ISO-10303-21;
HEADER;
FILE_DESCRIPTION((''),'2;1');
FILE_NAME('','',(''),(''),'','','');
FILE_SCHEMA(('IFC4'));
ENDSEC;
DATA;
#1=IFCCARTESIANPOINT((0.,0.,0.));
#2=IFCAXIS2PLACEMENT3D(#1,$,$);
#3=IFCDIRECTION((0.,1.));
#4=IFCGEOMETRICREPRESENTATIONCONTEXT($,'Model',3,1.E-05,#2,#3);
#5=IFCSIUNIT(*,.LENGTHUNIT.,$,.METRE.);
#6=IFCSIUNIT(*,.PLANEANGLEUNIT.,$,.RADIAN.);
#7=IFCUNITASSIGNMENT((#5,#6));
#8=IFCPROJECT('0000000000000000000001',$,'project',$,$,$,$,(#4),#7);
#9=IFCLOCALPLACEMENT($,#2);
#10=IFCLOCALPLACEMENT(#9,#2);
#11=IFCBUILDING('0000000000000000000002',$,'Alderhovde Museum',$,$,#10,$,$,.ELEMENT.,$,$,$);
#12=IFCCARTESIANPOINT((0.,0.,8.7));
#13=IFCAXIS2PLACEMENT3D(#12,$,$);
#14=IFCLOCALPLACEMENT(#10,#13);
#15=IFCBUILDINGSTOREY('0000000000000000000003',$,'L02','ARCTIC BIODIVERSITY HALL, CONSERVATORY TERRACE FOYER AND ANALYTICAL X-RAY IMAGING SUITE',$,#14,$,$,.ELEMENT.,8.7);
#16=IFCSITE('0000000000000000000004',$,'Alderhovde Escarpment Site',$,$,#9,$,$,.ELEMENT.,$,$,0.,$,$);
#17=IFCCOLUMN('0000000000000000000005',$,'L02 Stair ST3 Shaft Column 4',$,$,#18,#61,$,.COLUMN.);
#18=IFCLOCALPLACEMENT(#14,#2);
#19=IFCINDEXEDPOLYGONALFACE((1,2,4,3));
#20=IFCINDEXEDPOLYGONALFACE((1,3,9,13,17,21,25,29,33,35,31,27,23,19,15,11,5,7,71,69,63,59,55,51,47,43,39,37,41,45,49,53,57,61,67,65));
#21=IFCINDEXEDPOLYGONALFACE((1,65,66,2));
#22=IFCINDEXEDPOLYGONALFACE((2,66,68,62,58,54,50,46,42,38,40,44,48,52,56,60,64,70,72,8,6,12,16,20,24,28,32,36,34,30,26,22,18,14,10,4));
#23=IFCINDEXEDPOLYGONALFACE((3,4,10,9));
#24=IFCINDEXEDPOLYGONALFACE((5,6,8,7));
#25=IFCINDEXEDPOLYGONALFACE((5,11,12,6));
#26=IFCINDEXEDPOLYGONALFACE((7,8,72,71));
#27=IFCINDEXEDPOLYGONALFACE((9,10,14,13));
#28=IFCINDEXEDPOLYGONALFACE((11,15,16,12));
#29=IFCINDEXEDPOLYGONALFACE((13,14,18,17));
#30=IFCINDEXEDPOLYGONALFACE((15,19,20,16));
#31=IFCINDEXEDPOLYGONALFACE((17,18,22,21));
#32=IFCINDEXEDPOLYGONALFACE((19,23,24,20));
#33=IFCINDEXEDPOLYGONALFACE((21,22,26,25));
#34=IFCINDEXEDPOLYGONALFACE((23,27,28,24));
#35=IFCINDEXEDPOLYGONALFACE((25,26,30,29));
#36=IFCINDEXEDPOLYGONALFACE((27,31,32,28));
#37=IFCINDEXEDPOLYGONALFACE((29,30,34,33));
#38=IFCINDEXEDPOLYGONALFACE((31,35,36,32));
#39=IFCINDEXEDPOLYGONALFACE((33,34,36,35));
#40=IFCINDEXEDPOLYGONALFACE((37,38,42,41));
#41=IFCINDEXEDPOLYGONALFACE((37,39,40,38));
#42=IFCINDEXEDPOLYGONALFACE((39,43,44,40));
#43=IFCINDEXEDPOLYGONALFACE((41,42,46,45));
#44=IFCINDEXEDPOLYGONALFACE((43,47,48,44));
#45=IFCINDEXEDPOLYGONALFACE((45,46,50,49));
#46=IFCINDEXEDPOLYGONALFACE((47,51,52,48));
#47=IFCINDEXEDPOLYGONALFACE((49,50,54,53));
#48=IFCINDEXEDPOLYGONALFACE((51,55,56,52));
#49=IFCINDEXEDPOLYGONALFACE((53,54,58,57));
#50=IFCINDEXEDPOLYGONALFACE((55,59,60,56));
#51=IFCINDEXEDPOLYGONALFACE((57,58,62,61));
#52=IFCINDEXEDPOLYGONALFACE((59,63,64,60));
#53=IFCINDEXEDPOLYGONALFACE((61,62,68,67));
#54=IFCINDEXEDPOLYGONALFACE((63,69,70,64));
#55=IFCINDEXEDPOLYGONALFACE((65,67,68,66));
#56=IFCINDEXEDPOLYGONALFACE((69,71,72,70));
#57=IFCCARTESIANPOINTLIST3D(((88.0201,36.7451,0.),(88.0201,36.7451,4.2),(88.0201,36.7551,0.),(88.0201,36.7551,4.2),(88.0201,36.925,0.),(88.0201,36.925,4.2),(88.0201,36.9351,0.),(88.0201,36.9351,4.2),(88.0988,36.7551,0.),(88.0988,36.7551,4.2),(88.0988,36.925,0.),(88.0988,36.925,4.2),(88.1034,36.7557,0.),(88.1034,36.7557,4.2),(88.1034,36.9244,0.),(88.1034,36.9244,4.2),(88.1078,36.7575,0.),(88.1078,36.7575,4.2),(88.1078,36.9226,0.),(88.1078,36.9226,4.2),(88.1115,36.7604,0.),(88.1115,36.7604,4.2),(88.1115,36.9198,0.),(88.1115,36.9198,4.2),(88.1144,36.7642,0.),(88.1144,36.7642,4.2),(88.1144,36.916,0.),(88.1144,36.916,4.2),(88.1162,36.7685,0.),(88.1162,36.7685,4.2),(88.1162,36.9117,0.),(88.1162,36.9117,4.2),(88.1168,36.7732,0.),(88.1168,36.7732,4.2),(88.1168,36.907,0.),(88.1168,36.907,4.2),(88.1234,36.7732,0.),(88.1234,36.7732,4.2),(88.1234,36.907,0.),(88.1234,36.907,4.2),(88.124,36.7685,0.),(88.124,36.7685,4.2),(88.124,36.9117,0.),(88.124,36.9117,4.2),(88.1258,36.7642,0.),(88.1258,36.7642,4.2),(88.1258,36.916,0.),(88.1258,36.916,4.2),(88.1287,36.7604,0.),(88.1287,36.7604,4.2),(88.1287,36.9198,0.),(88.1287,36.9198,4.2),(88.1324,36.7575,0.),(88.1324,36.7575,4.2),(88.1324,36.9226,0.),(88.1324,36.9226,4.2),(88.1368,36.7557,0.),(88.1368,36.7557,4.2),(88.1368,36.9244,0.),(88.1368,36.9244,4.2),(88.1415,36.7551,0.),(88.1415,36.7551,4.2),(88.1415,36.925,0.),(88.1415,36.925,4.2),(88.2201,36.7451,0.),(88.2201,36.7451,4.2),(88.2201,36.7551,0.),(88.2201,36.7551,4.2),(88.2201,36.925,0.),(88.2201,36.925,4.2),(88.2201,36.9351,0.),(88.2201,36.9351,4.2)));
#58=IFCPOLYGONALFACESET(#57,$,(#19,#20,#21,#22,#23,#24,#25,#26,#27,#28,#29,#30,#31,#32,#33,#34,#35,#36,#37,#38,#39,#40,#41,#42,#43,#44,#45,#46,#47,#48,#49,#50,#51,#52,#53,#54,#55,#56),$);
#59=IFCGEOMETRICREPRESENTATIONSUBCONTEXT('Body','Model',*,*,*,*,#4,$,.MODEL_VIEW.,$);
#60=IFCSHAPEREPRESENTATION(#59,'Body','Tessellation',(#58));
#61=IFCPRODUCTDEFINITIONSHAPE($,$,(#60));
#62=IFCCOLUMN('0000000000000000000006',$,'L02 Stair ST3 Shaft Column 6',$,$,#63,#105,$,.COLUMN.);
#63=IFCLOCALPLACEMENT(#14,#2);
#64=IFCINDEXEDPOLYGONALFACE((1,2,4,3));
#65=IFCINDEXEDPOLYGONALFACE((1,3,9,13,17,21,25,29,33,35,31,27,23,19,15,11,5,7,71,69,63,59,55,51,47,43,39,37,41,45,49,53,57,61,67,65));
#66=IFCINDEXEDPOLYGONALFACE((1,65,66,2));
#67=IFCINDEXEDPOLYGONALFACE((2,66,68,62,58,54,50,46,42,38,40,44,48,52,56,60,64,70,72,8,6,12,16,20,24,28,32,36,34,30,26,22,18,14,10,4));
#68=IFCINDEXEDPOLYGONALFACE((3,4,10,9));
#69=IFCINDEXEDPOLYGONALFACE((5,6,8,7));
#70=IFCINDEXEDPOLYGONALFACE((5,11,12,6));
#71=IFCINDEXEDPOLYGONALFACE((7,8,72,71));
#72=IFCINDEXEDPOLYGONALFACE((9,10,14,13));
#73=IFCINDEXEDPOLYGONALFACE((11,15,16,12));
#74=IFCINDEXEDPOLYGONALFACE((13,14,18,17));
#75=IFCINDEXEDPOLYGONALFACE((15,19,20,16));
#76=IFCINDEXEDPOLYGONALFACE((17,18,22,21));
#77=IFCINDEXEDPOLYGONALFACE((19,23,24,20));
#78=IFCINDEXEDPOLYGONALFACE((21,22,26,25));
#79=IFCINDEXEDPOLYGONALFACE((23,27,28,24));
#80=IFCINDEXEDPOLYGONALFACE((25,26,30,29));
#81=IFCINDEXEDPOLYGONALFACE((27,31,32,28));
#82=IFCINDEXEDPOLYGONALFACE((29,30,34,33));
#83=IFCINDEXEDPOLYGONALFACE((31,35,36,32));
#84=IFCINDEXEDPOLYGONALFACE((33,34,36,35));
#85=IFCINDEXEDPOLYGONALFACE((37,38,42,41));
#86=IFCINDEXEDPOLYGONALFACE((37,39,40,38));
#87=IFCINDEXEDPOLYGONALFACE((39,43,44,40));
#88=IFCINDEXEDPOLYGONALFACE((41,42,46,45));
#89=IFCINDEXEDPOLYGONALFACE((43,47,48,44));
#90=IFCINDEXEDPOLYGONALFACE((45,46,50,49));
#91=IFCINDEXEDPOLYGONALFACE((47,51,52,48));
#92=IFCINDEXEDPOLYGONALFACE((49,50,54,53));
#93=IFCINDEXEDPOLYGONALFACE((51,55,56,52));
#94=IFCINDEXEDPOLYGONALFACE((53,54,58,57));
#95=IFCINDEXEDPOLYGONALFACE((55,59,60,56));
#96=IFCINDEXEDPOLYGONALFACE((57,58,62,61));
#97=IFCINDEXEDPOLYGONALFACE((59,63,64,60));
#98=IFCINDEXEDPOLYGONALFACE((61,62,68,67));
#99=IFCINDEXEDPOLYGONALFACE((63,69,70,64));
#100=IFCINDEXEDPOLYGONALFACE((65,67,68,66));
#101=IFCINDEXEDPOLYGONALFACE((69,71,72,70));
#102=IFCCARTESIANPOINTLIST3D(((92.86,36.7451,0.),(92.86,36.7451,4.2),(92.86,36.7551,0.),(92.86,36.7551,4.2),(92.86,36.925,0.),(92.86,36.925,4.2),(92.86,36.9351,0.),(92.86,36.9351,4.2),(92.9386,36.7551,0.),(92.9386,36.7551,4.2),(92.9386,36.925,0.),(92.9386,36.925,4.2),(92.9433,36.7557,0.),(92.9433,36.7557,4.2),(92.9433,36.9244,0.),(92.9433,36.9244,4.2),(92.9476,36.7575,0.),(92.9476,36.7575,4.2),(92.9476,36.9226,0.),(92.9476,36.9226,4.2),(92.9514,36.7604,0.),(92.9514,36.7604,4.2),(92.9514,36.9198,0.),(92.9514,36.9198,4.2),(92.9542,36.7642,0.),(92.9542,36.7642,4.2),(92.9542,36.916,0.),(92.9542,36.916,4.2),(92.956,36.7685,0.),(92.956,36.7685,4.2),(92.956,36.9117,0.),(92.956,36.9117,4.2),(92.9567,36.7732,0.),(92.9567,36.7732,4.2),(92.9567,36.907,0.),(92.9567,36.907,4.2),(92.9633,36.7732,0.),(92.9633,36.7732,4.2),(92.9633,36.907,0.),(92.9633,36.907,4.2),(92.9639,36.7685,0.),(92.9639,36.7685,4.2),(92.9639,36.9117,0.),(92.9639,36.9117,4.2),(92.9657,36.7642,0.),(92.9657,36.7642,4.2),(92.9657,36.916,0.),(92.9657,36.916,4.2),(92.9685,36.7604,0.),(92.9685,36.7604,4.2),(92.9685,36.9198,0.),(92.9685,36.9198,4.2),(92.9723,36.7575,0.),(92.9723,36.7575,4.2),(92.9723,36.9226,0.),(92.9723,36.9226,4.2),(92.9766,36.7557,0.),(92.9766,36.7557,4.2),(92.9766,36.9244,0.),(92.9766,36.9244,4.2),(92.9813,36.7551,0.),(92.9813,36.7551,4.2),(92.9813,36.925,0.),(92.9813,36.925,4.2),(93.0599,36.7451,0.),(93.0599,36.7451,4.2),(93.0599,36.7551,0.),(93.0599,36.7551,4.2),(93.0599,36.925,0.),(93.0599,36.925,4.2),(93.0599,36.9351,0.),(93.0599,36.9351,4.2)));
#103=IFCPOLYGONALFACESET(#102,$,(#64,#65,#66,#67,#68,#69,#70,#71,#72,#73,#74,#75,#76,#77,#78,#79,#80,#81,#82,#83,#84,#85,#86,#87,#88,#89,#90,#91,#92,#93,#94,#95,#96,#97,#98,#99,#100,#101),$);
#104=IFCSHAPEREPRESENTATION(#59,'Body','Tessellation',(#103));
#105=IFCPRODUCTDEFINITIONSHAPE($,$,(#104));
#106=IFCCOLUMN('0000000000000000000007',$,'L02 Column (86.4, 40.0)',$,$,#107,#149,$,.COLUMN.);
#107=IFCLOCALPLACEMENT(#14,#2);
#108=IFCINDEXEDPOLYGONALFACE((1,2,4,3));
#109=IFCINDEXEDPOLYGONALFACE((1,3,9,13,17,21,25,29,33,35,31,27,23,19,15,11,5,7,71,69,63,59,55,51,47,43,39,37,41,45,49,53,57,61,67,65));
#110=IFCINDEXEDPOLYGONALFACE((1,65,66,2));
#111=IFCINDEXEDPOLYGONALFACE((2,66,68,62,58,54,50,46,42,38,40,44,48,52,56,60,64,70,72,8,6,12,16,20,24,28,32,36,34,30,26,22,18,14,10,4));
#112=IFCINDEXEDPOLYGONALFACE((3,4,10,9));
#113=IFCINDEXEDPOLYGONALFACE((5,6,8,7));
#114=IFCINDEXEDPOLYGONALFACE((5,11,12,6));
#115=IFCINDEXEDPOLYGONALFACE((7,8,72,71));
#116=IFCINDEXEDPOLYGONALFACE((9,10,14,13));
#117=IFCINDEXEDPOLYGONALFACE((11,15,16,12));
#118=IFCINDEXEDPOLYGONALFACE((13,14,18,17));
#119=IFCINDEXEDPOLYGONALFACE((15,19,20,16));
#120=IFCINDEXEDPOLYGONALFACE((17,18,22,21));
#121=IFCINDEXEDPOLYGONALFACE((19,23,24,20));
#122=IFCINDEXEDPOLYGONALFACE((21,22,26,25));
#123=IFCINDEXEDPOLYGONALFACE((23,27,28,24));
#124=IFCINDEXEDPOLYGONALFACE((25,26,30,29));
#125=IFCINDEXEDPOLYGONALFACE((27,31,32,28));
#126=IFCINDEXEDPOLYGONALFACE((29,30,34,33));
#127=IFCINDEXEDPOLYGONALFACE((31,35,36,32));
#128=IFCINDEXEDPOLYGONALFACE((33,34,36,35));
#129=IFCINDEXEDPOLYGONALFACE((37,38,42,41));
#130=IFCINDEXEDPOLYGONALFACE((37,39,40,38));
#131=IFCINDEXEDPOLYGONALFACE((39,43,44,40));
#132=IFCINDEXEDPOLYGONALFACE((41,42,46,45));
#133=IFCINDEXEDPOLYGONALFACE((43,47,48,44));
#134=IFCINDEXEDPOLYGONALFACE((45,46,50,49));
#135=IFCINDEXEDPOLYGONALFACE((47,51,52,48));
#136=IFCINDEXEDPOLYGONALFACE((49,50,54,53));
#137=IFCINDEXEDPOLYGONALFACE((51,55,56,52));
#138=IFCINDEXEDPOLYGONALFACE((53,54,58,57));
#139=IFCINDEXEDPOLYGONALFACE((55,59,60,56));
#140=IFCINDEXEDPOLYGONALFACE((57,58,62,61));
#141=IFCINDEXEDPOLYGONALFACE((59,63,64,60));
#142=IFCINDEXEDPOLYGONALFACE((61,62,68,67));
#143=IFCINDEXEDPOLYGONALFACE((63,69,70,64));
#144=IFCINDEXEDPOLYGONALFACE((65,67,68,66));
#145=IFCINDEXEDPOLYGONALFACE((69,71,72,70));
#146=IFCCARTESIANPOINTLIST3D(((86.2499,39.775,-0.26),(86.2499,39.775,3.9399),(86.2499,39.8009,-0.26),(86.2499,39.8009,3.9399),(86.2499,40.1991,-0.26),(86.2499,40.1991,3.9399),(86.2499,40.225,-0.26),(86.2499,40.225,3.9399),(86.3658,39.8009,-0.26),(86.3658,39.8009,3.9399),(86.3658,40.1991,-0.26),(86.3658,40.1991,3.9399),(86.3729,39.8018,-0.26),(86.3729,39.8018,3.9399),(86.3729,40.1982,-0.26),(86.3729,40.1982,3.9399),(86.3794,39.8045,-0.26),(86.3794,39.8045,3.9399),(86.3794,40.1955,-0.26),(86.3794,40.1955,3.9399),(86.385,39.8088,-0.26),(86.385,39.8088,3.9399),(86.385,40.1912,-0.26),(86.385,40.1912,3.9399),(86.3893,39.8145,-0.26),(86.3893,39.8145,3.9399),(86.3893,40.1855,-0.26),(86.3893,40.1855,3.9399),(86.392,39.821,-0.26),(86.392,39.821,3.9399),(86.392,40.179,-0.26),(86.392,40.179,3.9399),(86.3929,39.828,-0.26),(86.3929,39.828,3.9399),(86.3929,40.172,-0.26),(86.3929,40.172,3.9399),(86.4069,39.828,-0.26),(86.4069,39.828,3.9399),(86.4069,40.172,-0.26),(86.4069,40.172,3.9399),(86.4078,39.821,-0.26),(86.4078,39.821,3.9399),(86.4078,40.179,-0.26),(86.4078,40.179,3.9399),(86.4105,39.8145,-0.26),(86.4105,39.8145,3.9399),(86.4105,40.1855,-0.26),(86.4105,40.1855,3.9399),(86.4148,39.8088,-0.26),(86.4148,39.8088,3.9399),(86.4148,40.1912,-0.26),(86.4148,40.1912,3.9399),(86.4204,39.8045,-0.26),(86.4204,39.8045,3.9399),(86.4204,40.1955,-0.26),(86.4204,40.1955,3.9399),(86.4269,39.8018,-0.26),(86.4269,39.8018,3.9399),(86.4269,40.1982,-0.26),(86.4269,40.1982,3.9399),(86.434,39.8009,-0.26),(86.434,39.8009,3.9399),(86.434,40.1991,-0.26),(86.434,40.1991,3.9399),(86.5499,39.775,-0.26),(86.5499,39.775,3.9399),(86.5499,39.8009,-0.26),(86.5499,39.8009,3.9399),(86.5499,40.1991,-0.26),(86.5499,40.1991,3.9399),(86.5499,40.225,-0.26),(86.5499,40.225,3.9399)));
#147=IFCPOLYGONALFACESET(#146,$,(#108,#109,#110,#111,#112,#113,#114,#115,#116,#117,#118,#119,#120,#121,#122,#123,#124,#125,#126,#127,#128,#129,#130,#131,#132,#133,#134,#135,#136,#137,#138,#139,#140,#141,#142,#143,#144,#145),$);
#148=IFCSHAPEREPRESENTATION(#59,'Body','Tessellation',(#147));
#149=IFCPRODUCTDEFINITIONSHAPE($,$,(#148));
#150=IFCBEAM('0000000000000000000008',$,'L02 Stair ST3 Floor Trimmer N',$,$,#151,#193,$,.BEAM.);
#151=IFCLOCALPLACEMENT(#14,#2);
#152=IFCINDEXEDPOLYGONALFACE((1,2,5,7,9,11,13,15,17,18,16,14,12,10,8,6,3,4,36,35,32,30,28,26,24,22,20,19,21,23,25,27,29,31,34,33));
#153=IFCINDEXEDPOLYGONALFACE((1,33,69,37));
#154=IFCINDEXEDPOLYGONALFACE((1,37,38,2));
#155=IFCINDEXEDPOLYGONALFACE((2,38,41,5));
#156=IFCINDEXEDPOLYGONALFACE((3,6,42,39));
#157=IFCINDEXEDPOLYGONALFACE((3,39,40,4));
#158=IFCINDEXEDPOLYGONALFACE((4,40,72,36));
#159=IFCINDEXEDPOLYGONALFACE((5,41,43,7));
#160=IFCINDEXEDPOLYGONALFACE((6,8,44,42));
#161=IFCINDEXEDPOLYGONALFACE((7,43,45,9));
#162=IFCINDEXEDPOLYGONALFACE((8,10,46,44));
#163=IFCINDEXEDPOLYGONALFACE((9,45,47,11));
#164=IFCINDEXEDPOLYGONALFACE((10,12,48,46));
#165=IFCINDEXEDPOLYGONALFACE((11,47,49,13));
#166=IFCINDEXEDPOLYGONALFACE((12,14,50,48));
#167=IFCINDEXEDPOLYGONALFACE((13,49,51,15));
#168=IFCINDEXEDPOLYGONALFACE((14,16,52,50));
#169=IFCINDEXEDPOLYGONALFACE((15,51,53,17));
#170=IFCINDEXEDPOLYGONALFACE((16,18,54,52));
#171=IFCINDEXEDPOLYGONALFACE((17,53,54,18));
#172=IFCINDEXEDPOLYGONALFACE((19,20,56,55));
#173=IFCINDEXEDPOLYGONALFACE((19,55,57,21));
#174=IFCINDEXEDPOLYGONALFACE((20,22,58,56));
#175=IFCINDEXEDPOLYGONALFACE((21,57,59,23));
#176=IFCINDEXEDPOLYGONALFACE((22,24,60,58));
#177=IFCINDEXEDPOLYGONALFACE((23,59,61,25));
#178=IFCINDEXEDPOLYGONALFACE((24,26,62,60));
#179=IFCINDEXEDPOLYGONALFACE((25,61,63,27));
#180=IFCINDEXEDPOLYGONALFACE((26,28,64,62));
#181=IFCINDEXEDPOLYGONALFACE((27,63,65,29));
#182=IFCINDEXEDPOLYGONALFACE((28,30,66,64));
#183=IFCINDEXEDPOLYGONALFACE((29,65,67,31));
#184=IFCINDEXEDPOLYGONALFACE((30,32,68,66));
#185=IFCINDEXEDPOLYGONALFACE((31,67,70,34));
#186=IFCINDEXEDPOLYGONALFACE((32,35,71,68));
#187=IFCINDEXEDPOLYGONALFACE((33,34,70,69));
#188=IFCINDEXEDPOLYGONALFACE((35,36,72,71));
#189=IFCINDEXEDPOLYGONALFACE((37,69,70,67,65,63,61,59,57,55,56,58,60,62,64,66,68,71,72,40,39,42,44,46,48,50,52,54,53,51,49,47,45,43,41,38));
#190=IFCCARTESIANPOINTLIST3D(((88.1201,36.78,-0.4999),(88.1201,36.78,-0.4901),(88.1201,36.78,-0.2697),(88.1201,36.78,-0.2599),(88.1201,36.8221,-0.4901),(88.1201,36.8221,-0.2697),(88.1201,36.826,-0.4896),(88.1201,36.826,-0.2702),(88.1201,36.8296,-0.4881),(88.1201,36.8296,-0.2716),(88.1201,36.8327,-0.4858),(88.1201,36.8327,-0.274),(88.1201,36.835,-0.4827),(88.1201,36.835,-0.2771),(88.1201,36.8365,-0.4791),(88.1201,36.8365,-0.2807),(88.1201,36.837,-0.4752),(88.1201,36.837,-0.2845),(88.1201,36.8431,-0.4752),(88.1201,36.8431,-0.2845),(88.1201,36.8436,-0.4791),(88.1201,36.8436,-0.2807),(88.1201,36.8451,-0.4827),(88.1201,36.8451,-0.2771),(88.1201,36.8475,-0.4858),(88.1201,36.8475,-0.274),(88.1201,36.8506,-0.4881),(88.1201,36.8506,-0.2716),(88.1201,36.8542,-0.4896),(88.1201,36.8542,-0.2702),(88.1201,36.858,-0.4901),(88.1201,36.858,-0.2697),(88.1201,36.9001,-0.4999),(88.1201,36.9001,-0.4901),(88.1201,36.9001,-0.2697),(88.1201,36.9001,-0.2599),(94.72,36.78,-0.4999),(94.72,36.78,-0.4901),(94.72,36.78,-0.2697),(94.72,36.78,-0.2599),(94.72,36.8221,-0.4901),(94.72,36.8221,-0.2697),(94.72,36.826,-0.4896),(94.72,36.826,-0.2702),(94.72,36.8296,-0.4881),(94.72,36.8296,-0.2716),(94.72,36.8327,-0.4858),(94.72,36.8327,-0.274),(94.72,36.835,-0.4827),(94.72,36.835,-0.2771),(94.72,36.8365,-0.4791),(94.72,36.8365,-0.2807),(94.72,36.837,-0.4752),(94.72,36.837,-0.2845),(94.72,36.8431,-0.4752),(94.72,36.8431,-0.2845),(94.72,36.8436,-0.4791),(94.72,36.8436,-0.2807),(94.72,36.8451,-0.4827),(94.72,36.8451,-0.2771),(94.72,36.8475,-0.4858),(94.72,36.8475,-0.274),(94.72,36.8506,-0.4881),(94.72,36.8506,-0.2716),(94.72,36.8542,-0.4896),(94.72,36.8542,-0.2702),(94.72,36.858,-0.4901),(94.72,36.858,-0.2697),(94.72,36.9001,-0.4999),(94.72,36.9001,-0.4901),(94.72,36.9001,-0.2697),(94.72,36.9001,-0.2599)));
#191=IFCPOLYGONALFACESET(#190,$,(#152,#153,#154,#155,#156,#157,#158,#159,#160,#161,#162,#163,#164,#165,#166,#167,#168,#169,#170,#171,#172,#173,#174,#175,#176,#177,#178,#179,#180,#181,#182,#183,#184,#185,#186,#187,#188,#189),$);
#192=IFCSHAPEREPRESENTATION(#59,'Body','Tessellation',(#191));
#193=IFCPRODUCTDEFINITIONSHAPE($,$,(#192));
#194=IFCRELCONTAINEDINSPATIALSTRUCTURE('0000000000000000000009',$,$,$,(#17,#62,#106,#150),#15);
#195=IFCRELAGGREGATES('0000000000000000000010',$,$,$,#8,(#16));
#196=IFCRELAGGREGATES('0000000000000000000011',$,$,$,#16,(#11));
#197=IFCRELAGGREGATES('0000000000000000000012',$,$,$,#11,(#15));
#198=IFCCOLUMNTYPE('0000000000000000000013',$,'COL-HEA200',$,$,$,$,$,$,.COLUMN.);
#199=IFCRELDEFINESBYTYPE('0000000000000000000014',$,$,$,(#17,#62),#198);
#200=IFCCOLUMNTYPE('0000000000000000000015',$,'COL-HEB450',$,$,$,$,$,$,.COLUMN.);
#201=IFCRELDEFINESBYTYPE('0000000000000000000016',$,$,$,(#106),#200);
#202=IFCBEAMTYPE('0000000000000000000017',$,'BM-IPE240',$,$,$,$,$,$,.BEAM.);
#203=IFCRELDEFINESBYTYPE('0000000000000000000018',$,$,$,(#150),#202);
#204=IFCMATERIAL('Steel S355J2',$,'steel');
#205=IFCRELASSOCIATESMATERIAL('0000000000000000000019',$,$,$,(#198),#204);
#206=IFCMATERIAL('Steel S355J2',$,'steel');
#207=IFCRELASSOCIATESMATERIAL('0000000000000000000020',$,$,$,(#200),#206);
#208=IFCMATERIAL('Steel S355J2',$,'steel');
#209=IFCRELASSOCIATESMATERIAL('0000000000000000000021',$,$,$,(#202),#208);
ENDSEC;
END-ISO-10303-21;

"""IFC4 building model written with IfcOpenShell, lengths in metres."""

from ifc_helpers import new_model, si_unit, direction, frame, origin, origin_2d, place, context, subcontext, project, spatial, i_section, extrude, material, material_profile, profile_set, type_object, element, save


model = new_model("IFC4")

# Units and contexts
model_context = context("Model", 3, precision=1e-05, world=origin(), true_north=direction((0.0, 1.0)))
body_context = subcontext(model_context, "Body", "Model", "MODEL_VIEW")
ifc_project = project(units=[si_unit("LENGTHUNIT", "METRE"), si_unit("PLANEANGLEUNIT", "RADIAN")], contexts=[model_context])

# Site, building, storey
site_placement = place(None, origin())
site = spatial("IfcSite", under=ifc_project, at=site_placement, Name="Alderhovde Escarpment Site", CompositionType="ELEMENT", RefElevation=0.0)
building_placement = place(site_placement, origin())
building = spatial("IfcBuilding", under=site, at=building_placement, Name="Alderhovde Museum", CompositionType="ELEMENT")
storey_placement = place(building_placement, frame((0.0, 0.0, 8.7)))
storey = spatial("IfcBuildingStorey", under=building, at=storey_placement, Name="L02", Description="ARCTIC BIODIVERSITY HALL, CONSERVATORY TERRACE FOYER AND ANALYTICAL X-RAY IMAGING SUITE", CompositionType="ELEMENT", Elevation=8.7)

# Columns
ifc_material_1 = material(Name="Steel S355J2", Category="steel")
ifc_material_profile_1 = material_profile(ifc_material_1, i_section(OverallWidth=0.2, OverallDepth=0.1899, WebThickness=0.0066, FlangeThickness=0.01, FilletRadius=0.0181, at=origin_2d()), Name="HEA 200")
ifc_profile_set_1 = profile_set([ifc_material_profile_1], Name="Steel S355J2")
column_type_1 = type_object("IfcColumnType", Name="COL-HEA200", PredefinedType="COLUMN", material=ifc_profile_set_1)
for number, where, z_axis, x_axis, name in (
    (1, (88.1201, 36.8401, 0.0), (0.0, 0.0, 1.0), (1.0, 0.0, 0.0), "L02 Stair ST3 Shaft Column 4"),
    (2, (92.96, 36.8401, 0.0), (0.0, 0.0, 1.0), (1.0, 0.0, 0.0), "L02 Stair ST3 Shaft Column 6"),
):
    element("IfcColumn", number, at=place(storey_placement, frame(where, z_axis=z_axis, x_axis=x_axis)), inside=storey, type_object=column_type_1, Name=name, PredefinedType="COLUMN", context=body_context, shape_type="SweptSolid", body=[
        extrude(i_section(OverallWidth=0.2, OverallDepth=0.1899, WebThickness=0.0066, FlangeThickness=0.01, FilletRadius=0.0181, at=origin_2d()), origin(), (0.0, 0.0, 1.0), 4.2),
    ])
ifc_material_2 = material(Name="Steel S355J2", Category="steel")
ifc_material_profile_2 = material_profile(ifc_material_2, i_section(OverallWidth=0.3, OverallDepth=0.45, WebThickness=0.0139, FlangeThickness=0.0259, FilletRadius=0.0271, at=origin_2d()), Name="HEB 450")
ifc_profile_set_2 = profile_set([ifc_material_profile_2], Name="Steel S355J2")
column_type_2 = type_object("IfcColumnType", Name="COL-HEB450", PredefinedType="COLUMN", material=ifc_profile_set_2)
column_placement = place(storey_placement, frame((86.3999, 40.0, -0.26), z_axis=(0.0, 0.0, 1.0), x_axis=(1.0, 0.0, 0.0)))
element("IfcColumn", 3, at=column_placement, inside=storey, type_object=column_type_2, Name="L02 Column (86.4, 40.0)", PredefinedType="COLUMN", context=body_context, shape_type="SweptSolid", body=[
    extrude(i_section(OverallWidth=0.3, OverallDepth=0.45, WebThickness=0.0139, FlangeThickness=0.0259, FilletRadius=0.0271, at=origin_2d()), origin(), (0.0, 0.0, 1.0), 4.2),
])

# Beam
ifc_material_3 = material(Name="Steel S355J2", Category="steel")
ifc_material_profile_3 = material_profile(ifc_material_3, i_section(OverallWidth=0.1201, OverallDepth=0.24, WebThickness=0.0061, FlangeThickness=0.0098, FilletRadius=0.0149, at=origin_2d()), Name="IPE 240")
ifc_profile_set_3 = profile_set([ifc_material_profile_3], Name="Steel S355J2")
beam_type_1 = type_object("IfcBeamType", Name="BM-IPE240", PredefinedType="BEAM", material=ifc_profile_set_3)
for number, where, z_axis, x_axis, name in (
    (4, (88.1201, 36.8401, -0.3799), (1.0, 0.0, 0.0), (0.0, 1.0, 0.0), "L02 Stair ST3 Floor Trimmer N"),
):
    element("IfcBeam", number, at=place(storey_placement, frame(where, z_axis=z_axis, x_axis=x_axis)), inside=storey, type_object=beam_type_1, Name=name, PredefinedType="BEAM", context=body_context, shape_type="SweptSolid", body=[
        extrude(i_section(OverallWidth=0.1201, OverallDepth=0.24, WebThickness=0.0061, FlangeThickness=0.0098, FilletRadius=0.0149, at=origin_2d()), origin(), (0.0, 0.0, 1.0), 6.5999),
    ])

save(model, "model.ifc")
